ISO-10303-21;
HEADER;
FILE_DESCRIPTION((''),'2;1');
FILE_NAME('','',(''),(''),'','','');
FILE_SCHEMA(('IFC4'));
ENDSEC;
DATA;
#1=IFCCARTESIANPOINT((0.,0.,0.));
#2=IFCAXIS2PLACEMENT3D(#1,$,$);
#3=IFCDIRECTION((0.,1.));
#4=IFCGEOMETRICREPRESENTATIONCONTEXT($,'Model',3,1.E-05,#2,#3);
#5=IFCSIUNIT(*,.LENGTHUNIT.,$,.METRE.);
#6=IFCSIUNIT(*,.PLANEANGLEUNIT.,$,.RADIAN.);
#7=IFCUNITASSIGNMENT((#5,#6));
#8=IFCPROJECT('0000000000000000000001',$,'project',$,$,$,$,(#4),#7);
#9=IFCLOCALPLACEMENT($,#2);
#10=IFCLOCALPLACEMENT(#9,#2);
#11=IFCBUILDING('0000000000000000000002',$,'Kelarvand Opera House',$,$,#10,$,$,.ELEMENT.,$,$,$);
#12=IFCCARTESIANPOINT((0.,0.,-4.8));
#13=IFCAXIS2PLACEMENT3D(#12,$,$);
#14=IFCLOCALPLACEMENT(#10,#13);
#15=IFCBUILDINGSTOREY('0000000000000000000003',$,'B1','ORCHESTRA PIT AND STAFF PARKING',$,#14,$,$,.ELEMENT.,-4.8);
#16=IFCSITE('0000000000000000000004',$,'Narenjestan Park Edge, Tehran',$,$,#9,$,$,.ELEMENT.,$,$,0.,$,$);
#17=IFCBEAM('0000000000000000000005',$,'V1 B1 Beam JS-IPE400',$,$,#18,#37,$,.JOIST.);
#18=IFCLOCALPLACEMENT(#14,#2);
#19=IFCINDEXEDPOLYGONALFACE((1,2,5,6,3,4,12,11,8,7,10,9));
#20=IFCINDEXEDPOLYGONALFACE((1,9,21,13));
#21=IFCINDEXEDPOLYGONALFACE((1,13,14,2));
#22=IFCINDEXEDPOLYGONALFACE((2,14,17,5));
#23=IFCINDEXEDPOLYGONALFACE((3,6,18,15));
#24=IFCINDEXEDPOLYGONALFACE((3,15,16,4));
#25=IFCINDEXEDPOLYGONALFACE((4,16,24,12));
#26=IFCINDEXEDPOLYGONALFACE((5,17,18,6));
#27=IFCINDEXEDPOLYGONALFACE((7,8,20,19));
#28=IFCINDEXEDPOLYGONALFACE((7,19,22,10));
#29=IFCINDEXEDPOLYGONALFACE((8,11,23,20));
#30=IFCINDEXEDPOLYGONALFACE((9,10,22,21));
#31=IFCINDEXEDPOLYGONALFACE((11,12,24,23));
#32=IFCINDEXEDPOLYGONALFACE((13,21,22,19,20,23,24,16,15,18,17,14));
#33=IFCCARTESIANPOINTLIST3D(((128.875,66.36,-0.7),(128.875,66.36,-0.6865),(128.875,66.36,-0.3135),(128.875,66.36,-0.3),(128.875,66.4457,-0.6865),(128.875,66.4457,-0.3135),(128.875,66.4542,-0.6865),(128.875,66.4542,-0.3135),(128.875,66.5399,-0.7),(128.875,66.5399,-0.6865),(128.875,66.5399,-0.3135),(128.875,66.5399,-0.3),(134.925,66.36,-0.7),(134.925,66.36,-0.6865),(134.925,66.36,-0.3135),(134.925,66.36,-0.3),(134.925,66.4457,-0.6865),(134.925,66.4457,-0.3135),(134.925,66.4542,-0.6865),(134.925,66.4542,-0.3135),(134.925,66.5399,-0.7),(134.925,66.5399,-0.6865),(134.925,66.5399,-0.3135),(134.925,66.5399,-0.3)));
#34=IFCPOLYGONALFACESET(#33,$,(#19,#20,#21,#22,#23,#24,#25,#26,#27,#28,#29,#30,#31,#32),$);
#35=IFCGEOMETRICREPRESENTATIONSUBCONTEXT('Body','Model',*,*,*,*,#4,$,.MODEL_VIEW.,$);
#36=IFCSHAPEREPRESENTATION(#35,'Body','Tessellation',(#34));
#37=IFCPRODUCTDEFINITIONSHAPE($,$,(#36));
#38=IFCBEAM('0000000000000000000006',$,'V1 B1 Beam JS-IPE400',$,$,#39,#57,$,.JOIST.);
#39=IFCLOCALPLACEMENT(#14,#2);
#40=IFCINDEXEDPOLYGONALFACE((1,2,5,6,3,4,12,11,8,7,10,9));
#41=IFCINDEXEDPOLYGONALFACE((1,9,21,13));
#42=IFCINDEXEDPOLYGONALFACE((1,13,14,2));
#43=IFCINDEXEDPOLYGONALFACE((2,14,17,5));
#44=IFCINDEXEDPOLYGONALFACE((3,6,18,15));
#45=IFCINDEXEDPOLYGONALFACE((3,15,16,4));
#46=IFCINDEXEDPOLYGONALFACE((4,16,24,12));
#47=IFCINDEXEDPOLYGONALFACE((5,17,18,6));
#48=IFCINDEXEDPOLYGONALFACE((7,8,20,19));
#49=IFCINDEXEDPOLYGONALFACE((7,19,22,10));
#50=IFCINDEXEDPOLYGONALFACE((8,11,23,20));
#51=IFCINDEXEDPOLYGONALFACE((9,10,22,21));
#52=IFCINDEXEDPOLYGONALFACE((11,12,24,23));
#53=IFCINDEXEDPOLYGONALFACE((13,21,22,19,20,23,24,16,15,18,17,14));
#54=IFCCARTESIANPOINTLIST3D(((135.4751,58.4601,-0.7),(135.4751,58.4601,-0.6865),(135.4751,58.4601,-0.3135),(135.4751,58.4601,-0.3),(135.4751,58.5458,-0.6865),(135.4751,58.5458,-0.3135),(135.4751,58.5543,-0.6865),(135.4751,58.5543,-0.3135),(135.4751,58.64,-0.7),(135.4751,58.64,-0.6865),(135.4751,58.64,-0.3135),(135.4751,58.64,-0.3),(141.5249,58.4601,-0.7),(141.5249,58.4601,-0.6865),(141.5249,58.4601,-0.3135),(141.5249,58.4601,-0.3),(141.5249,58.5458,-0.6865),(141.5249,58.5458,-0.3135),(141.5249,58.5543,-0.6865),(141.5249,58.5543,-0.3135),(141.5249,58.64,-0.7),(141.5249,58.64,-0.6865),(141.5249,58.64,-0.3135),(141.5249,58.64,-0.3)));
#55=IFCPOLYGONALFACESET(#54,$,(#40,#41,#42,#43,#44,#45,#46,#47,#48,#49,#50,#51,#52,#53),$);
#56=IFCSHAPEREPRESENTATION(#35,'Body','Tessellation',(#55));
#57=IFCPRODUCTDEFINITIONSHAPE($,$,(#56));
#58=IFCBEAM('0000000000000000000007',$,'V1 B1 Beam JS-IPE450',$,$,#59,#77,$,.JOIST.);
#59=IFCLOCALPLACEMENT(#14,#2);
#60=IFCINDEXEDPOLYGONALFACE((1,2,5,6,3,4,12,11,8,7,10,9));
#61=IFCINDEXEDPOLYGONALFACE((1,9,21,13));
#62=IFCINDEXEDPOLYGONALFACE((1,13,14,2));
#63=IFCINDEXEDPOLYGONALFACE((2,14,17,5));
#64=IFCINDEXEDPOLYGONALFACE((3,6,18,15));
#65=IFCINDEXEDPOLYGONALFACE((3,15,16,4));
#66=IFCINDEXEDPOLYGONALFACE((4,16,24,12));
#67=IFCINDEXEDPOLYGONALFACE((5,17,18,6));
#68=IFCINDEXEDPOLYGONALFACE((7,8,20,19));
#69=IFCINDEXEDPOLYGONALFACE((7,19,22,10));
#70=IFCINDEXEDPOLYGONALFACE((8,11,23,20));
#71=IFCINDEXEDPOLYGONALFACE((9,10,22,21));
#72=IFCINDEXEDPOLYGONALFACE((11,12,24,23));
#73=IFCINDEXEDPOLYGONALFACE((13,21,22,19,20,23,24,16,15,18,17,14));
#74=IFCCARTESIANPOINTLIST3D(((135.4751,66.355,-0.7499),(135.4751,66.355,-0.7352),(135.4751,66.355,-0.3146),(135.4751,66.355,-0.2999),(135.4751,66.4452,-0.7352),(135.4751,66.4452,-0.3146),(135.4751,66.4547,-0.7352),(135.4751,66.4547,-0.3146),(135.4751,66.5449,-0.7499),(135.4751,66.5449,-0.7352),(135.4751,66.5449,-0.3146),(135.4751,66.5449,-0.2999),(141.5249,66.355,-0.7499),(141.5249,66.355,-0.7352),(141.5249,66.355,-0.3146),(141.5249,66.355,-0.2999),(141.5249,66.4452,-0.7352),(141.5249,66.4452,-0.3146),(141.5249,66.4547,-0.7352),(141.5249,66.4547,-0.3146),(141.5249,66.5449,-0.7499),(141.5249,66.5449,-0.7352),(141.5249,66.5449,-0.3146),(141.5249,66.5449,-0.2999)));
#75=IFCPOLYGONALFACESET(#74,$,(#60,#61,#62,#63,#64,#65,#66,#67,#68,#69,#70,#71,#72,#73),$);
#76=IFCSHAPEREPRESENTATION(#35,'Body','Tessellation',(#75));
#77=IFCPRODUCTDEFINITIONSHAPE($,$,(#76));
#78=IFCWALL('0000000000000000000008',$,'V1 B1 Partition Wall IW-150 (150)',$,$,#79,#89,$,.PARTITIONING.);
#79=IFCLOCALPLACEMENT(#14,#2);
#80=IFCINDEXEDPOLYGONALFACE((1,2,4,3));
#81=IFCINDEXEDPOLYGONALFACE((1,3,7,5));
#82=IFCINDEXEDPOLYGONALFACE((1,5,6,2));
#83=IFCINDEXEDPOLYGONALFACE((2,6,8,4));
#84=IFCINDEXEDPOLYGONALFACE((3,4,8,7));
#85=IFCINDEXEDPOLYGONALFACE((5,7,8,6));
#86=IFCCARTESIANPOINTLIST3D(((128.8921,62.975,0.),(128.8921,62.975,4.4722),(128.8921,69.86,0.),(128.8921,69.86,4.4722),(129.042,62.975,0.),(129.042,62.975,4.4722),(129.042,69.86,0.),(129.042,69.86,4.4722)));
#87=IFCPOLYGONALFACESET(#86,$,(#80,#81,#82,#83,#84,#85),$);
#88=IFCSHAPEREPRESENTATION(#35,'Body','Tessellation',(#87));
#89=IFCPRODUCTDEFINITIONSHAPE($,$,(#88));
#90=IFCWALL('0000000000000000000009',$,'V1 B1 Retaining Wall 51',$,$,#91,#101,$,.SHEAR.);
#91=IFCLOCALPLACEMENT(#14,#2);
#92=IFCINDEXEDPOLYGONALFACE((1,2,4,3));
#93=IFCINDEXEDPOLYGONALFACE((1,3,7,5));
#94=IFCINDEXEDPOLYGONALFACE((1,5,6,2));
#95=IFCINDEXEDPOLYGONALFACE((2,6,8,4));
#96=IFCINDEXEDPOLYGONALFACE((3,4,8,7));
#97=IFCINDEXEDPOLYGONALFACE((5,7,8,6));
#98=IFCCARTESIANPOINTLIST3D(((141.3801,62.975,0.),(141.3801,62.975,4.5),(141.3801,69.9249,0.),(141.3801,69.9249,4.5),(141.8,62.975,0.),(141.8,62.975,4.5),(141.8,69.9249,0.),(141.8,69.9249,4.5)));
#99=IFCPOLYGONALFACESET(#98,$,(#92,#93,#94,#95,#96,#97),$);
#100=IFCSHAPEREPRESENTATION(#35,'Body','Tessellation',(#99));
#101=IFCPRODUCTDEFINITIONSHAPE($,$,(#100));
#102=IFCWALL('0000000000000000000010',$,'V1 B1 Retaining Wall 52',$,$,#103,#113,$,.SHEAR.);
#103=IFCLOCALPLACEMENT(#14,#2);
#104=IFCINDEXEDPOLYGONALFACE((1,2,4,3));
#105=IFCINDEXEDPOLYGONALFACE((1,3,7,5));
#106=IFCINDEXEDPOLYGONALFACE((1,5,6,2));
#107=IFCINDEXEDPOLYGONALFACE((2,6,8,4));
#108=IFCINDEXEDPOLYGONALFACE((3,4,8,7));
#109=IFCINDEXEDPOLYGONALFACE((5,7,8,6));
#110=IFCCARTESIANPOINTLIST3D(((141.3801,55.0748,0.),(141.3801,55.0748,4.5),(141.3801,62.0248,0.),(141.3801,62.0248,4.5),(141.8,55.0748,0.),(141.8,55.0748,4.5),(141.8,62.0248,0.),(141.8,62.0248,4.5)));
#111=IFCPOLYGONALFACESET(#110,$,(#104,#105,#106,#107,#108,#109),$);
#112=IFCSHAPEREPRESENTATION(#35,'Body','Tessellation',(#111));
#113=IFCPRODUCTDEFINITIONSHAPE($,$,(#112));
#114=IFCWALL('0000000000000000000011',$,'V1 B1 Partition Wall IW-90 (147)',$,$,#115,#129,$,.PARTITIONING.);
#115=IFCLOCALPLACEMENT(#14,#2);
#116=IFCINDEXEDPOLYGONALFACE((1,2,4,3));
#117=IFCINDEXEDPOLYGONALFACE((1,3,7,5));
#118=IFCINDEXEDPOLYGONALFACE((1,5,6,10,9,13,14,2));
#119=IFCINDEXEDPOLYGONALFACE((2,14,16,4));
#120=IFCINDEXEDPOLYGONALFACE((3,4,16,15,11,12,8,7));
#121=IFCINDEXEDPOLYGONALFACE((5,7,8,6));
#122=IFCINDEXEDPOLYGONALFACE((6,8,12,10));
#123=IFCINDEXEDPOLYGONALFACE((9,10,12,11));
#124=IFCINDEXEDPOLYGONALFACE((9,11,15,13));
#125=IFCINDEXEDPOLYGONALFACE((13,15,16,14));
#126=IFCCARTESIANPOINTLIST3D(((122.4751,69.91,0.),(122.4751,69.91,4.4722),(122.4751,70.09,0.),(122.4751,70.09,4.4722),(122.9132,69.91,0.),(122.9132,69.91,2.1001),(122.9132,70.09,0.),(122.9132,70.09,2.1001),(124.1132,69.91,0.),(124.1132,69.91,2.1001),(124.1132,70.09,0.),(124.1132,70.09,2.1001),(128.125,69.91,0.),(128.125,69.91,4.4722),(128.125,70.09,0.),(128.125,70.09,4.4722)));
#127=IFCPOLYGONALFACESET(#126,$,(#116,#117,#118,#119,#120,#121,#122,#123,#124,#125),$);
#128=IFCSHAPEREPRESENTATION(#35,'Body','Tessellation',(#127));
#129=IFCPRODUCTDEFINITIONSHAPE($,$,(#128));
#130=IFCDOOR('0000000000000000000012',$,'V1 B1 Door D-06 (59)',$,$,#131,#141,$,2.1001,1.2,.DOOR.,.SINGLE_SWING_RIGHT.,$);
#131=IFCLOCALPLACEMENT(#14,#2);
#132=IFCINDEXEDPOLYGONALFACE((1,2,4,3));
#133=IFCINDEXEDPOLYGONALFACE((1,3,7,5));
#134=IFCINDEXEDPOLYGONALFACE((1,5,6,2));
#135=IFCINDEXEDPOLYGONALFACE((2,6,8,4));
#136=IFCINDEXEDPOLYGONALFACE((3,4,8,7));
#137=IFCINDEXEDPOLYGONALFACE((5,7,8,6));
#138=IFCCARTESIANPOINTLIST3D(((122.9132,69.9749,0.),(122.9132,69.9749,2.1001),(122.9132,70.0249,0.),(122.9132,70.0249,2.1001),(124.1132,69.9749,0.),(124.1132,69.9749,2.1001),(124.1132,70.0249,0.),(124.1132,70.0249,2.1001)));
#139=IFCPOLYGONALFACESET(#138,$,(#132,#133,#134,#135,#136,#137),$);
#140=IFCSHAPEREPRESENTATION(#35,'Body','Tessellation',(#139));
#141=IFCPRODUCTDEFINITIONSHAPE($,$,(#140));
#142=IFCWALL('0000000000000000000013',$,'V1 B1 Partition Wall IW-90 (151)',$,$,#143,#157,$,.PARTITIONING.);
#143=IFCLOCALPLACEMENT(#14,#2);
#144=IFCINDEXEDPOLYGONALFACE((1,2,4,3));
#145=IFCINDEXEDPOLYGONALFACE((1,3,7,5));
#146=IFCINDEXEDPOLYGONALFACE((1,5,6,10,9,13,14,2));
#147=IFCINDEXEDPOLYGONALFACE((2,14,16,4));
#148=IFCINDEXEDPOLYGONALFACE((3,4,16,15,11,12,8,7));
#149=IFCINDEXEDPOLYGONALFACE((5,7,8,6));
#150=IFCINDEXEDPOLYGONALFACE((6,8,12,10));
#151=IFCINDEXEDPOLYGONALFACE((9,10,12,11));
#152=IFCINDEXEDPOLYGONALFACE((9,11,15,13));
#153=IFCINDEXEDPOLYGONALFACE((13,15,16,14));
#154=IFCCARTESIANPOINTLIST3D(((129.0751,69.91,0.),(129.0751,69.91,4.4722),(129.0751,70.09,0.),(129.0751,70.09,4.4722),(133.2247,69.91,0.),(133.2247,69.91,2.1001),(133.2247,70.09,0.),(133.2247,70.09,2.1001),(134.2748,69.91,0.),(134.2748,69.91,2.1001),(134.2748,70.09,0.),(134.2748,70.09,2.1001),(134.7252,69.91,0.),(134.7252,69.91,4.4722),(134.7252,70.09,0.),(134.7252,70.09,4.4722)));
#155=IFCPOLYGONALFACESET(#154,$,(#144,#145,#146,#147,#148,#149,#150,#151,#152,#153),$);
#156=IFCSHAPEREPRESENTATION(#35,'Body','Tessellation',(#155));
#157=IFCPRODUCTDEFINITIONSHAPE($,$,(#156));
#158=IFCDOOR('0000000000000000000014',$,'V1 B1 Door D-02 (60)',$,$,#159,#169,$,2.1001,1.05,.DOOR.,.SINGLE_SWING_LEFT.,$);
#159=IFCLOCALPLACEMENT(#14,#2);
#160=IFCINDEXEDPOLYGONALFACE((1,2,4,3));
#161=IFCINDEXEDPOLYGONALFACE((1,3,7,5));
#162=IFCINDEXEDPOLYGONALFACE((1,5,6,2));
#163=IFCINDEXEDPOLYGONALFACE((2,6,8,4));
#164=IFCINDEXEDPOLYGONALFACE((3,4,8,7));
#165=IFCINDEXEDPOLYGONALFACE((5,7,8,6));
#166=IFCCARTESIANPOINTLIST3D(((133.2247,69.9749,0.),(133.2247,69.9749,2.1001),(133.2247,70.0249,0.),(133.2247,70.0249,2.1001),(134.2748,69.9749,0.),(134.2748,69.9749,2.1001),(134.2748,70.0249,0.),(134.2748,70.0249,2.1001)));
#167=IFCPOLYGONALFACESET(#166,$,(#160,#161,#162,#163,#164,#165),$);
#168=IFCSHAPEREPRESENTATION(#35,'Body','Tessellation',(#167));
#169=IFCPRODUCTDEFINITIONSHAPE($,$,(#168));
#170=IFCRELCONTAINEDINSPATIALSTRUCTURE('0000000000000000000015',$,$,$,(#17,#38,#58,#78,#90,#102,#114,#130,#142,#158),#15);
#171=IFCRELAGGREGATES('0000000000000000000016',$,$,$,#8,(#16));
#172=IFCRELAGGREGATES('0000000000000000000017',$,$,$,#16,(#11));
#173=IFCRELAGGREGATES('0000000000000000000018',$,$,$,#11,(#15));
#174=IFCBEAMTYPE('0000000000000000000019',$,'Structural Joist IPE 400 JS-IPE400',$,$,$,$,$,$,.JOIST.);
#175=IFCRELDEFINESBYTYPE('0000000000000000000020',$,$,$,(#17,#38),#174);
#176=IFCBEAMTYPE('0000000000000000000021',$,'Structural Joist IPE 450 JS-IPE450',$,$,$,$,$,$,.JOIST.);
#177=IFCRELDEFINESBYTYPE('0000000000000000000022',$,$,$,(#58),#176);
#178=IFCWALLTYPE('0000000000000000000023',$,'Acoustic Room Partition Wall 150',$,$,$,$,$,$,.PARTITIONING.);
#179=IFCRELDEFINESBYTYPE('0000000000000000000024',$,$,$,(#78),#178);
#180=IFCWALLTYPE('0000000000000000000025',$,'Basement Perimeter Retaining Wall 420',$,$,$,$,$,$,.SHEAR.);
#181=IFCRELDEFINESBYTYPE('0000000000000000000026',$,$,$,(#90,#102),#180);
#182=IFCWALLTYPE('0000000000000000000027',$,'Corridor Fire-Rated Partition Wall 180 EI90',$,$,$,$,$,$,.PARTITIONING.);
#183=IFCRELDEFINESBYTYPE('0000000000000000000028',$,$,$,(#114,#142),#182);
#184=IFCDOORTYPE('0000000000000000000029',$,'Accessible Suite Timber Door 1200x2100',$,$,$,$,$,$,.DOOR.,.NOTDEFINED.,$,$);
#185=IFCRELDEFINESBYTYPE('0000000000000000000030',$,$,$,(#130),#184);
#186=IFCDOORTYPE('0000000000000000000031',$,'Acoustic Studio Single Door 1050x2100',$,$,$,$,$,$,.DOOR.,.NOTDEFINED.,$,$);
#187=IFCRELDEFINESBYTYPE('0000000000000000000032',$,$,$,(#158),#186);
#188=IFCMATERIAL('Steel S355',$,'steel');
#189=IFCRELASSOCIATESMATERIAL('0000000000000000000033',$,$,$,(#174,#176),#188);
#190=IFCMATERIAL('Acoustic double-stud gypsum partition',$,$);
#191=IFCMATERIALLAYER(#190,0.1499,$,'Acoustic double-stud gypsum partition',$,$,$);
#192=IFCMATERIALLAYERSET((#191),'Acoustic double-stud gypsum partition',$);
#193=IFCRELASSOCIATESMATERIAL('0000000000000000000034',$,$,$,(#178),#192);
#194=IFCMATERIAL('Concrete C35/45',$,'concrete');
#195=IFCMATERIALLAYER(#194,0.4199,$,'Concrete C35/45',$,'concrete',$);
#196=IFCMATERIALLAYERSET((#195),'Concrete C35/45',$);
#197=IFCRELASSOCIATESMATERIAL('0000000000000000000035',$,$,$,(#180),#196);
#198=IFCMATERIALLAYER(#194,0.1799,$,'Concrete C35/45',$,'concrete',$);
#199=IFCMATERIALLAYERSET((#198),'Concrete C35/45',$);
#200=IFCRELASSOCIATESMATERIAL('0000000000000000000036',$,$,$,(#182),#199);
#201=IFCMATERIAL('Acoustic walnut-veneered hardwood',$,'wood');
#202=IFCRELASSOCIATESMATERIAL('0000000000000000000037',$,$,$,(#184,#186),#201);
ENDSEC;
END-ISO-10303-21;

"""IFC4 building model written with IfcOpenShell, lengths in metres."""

from ifc_helpers import new_model, si_unit, direction, frame, frame_2d, origin, origin_2d, place, context, subcontext, project, spatial, rectangle, i_section, extrude, material, layer, layer_set, material_profile, profile_set, type_object, element, fill, save


model = new_model("IFC4")

# Units and contexts
model_context = context("Model", 3, precision=1e-05, world=origin(), true_north=direction((0.0, 1.0)))
body_context = subcontext(model_context, "Body", "Model", "MODEL_VIEW")
ifc_project = project(units=[si_unit("LENGTHUNIT", "METRE"), si_unit("PLANEANGLEUNIT", "RADIAN")], contexts=[model_context])

# Site, building, storey
site_placement = place(None, origin())
site = spatial("IfcSite", under=ifc_project, at=site_placement, Name="Narenjestan Park Edge, Tehran", CompositionType="ELEMENT", RefElevation=0.0)
building_placement = place(site_placement, origin())
building = spatial("IfcBuilding", under=site, at=building_placement, Name="Kelarvand Opera House", CompositionType="ELEMENT")
storey_placement = place(building_placement, frame((0.0, 0.0, -4.8)))
storey = spatial("IfcBuildingStorey", under=building, at=storey_placement, Name="B1", Description="ORCHESTRA PIT AND STAFF PARKING", CompositionType="ELEMENT", Elevation=-4.8)

# Beams
ifc_material_1 = material(Name="Steel S355", Category="steel")
ifc_material_profile_1 = material_profile(ifc_material_1, i_section(OverallWidth=0.1799, OverallDepth=0.3999, WebThickness=0.0085, FlangeThickness=0.0134, at=origin_2d()), Name="IPE 400", Category="steel")
ifc_profile_set_1 = profile_set([ifc_material_profile_1], Name="Steel S355")
beam_type_1 = type_object("IfcBeamType", Name="Structural Joist IPE 400 JS-IPE400", PredefinedType="JOIST", material=ifc_profile_set_1)
beam_1_placement = place(storey_placement, frame((128.875, 66.45, -0.5), z_axis=(1.0, 0.0, 0.0), x_axis=(0.0, 1.0, 0.0)))
element("IfcBeam", 1, at=beam_1_placement, inside=storey, type_object=beam_type_1, Name="V1 B1 Beam JS-IPE400", PredefinedType="JOIST", context=body_context, shape_type="SweptSolid", body=[
    extrude(i_section(OverallWidth=0.1799, OverallDepth=0.3999, WebThickness=0.0085, FlangeThickness=0.0134, at=origin_2d()), origin(), (0.0, 0.0, 1.0), 6.05),
])
beam_2_placement = place(storey_placement, frame((135.4751, 58.55, -0.5), z_axis=(1.0, 0.0, 0.0), x_axis=(0.0, 1.0, 0.0)))
element("IfcBeam", 2, at=beam_2_placement, inside=storey, type_object=beam_type_1, Name="V1 B1 Beam JS-IPE400", PredefinedType="JOIST", context=body_context, shape_type="SweptSolid", body=[
    extrude(i_section(OverallWidth=0.1799, OverallDepth=0.3999, WebThickness=0.0085, FlangeThickness=0.0134, at=origin_2d()), origin(), (0.0, 0.0, 1.0), 6.0498),
])
ifc_material_profile_2 = material_profile(ifc_material_1, i_section(OverallWidth=0.1899, OverallDepth=0.45, WebThickness=0.0095, FlangeThickness=0.0146, at=origin_2d()), Name="IPE 450", Category="steel")
ifc_profile_set_2 = profile_set([ifc_material_profile_2], Name="Steel S355")
beam_type_2 = type_object("IfcBeamType", Name="Structural Joist IPE 450 JS-IPE450", PredefinedType="JOIST", material=ifc_profile_set_2)
beam_3_placement = place(storey_placement, frame((135.4751, 66.45, -0.5249), z_axis=(1.0, 0.0, 0.0), x_axis=(0.0, 1.0, 0.0)))
element("IfcBeam", 3, at=beam_3_placement, inside=storey, type_object=beam_type_2, Name="V1 B1 Beam JS-IPE450", PredefinedType="JOIST", context=body_context, shape_type="SweptSolid", body=[
    extrude(i_section(OverallWidth=0.1899, OverallDepth=0.45, WebThickness=0.0095, FlangeThickness=0.0146, at=origin_2d()), origin(), (0.0, 0.0, 1.0), 6.0498),
])

# Walls
ifc_material_2 = material(Name="Acoustic double-stud gypsum partition")
ifc_layer_1 = layer(ifc_material_2, 0.1499, Name="Acoustic double-stud gypsum partition")
ifc_layer_set_1 = layer_set([ifc_layer_1], Name="Acoustic double-stud gypsum partition")
wall_type_1 = type_object("IfcWallType", Name="Acoustic Room Partition Wall 150", PredefinedType="PARTITIONING", material=ifc_layer_set_1)
wall_1_placement = place(storey_placement, frame((128.967, 62.9751, 0.0), z_axis=(0.0, 0.0, 1.0), x_axis=(0.0, 1.0, 0.0)))
element("IfcWall", 4, at=wall_1_placement, inside=storey, type_object=wall_type_1, Name="V1 B1 Partition Wall IW-150 (150)", PredefinedType="PARTITIONING", context=body_context, shape_type="SweptSolid", body=[
    extrude(rectangle(XDim=6.885, YDim=0.1499, at=frame_2d((3.4424, 0.0))), origin(), (0.0, 0.0, 1.0), 4.4722),
])
ifc_material_3 = material(Name="Concrete C35/45", Category="concrete")
ifc_layer_2 = layer(ifc_material_3, 0.4199, Name="Concrete C35/45", Category="concrete")
ifc_layer_set_2 = layer_set([ifc_layer_2], Name="Concrete C35/45")
wall_type_2 = type_object("IfcWallType", Name="Basement Perimeter Retaining Wall 420", PredefinedType="SHEAR", material=ifc_layer_set_2)
for number, where, z_axis, x_axis, name in (
    (5, (141.5901, 69.925, 0.0), (0.0, 0.0, 1.0), (0.0, -1.0, 0.0), "V1 B1 Retaining Wall 51"),
    (6, (141.5901, 62.0249, 0.0), (0.0, 0.0, 1.0), (0.0, -1.0, 0.0), "V1 B1 Retaining Wall 52"),
):
    element("IfcWall", number, at=place(storey_placement, frame(where, z_axis=z_axis, x_axis=x_axis)), inside=storey, type_object=wall_type_2, Name=name, PredefinedType="SHEAR", context=body_context, shape_type="SweptSolid", body=[
        extrude(rectangle(XDim=6.95, YDim=0.4199, at=frame_2d((3.4751, 0.0))), origin(), (0.0, 0.0, 1.0), 4.5),
    ])

# Walls, openings, doors
ifc_layer_3 = layer(ifc_material_3, 0.1799, Name="Concrete C35/45", Category="concrete")
ifc_layer_set_3 = layer_set([ifc_layer_3], Name="Concrete C35/45")
wall_type_3 = type_object("IfcWallType", Name="Corridor Fire-Rated Partition Wall 180 EI90", PredefinedType="PARTITIONING", material=ifc_layer_set_3)
wall_2_placement = place(storey_placement, frame((122.4751, 70.0, 0.0), z_axis=(0.0, 0.0, 1.0), x_axis=(1.0, 0.0, 0.0)))
wall_2 = element("IfcWall", 7, at=wall_2_placement, inside=storey, type_object=wall_type_3, Name="V1 B1 Partition Wall IW-90 (147)", PredefinedType="PARTITIONING", context=body_context, shape_type="SweptSolid", body=[
    extrude(rectangle(XDim=5.6499, YDim=0.1799, at=frame_2d((2.825, 0.0))), origin(), (0.0, 0.0, 1.0), 4.4722),
])
opening_1_placement = place(wall_2_placement, frame((0.438, 0.0, 0.0)))
opening_1 = element("IfcOpeningElement", 8, at=opening_1_placement, cuts=wall_2, PredefinedType="OPENING", context=body_context, shape_type="SweptSolid", body=[
    extrude(rectangle(XDim=1.2, YDim=2.1001, at=frame_2d((0.6001, 1.05))), frame((0.0, 0.1001, 0.0), z_axis=(0.0, -1.0, 0.0), x_axis=(1.0, 0.0, 0.0)), (0.0, 0.0, 1.0), 0.2),
])
ifc_material_4 = material(Name="Acoustic walnut-veneered hardwood", Category="wood")
door_type_1 = type_object("IfcDoorType", Name="Accessible Suite Timber Door 1200x2100", OperationType="NOTDEFINED", PredefinedType="DOOR", material=ifc_material_4)
door_1_placement = place(opening_1_placement, origin())
door_1 = element("IfcDoor", 9, at=door_1_placement, inside=storey, type_object=door_type_1, Name="V1 B1 Door D-06 (59)", OperationType="SINGLE_SWING_RIGHT", OverallHeight=2.1001, OverallWidth=1.2, PredefinedType="DOOR", context=body_context, shape_type="SweptSolid", body=[
    extrude(rectangle(XDim=1.2, YDim=2.1001, at=frame_2d((0.6001, 1.05))), frame((0.0, 0.0249, 0.0), z_axis=(0.0, -1.0, 0.0), x_axis=(1.0, 0.0, 0.0)), (0.0, 0.0, 1.0), 0.05),
])
fill(opening_1, door_1)
wall_3_placement = place(storey_placement, frame((129.075, 70.0, 0.0), z_axis=(0.0, 0.0, 1.0), x_axis=(1.0, 0.0, 0.0)))
wall_3 = element("IfcWall", 10, at=wall_3_placement, inside=storey, type_object=wall_type_3, Name="V1 B1 Partition Wall IW-90 (151)", PredefinedType="PARTITIONING", context=body_context, shape_type="SweptSolid", body=[
    extrude(rectangle(XDim=5.6501, YDim=0.1799, at=frame_2d((2.8252, 0.0))), origin(), (0.0, 0.0, 1.0), 4.4722),
])
opening_2_placement = place(wall_3_placement, frame((4.1499, 0.0, 0.0)))
opening_2 = element("IfcOpeningElement", 11, at=opening_2_placement, cuts=wall_3, PredefinedType="OPENING", context=body_context, shape_type="SweptSolid", body=[
    extrude(rectangle(XDim=1.05, YDim=2.1001, at=frame_2d((0.5249, 1.05))), frame((0.0, 0.1001, 0.0), z_axis=(0.0, -1.0, 0.0), x_axis=(1.0, 0.0, 0.0)), (0.0, 0.0, 1.0), 0.2),
])
door_type_2 = type_object("IfcDoorType", Name="Acoustic Studio Single Door 1050x2100", OperationType="NOTDEFINED", PredefinedType="DOOR", material=ifc_material_4)
door_2_placement = place(opening_2_placement, origin())
door_2 = element("IfcDoor", 12, at=door_2_placement, inside=storey, type_object=door_type_2, Name="V1 B1 Door D-02 (60)", OperationType="SINGLE_SWING_LEFT", OverallHeight=2.1001, OverallWidth=1.05, PredefinedType="DOOR", context=body_context, shape_type="SweptSolid", body=[
    extrude(rectangle(XDim=1.05, YDim=2.1001, at=frame_2d((0.5249, 1.05))), frame((0.0, 0.0249, 0.0), z_axis=(0.0, -1.0, 0.0), x_axis=(1.0, 0.0, 0.0)), (0.0, 0.0, 1.0), 0.05),
])
fill(opening_2, door_2)

save(model, "model.ifc")
